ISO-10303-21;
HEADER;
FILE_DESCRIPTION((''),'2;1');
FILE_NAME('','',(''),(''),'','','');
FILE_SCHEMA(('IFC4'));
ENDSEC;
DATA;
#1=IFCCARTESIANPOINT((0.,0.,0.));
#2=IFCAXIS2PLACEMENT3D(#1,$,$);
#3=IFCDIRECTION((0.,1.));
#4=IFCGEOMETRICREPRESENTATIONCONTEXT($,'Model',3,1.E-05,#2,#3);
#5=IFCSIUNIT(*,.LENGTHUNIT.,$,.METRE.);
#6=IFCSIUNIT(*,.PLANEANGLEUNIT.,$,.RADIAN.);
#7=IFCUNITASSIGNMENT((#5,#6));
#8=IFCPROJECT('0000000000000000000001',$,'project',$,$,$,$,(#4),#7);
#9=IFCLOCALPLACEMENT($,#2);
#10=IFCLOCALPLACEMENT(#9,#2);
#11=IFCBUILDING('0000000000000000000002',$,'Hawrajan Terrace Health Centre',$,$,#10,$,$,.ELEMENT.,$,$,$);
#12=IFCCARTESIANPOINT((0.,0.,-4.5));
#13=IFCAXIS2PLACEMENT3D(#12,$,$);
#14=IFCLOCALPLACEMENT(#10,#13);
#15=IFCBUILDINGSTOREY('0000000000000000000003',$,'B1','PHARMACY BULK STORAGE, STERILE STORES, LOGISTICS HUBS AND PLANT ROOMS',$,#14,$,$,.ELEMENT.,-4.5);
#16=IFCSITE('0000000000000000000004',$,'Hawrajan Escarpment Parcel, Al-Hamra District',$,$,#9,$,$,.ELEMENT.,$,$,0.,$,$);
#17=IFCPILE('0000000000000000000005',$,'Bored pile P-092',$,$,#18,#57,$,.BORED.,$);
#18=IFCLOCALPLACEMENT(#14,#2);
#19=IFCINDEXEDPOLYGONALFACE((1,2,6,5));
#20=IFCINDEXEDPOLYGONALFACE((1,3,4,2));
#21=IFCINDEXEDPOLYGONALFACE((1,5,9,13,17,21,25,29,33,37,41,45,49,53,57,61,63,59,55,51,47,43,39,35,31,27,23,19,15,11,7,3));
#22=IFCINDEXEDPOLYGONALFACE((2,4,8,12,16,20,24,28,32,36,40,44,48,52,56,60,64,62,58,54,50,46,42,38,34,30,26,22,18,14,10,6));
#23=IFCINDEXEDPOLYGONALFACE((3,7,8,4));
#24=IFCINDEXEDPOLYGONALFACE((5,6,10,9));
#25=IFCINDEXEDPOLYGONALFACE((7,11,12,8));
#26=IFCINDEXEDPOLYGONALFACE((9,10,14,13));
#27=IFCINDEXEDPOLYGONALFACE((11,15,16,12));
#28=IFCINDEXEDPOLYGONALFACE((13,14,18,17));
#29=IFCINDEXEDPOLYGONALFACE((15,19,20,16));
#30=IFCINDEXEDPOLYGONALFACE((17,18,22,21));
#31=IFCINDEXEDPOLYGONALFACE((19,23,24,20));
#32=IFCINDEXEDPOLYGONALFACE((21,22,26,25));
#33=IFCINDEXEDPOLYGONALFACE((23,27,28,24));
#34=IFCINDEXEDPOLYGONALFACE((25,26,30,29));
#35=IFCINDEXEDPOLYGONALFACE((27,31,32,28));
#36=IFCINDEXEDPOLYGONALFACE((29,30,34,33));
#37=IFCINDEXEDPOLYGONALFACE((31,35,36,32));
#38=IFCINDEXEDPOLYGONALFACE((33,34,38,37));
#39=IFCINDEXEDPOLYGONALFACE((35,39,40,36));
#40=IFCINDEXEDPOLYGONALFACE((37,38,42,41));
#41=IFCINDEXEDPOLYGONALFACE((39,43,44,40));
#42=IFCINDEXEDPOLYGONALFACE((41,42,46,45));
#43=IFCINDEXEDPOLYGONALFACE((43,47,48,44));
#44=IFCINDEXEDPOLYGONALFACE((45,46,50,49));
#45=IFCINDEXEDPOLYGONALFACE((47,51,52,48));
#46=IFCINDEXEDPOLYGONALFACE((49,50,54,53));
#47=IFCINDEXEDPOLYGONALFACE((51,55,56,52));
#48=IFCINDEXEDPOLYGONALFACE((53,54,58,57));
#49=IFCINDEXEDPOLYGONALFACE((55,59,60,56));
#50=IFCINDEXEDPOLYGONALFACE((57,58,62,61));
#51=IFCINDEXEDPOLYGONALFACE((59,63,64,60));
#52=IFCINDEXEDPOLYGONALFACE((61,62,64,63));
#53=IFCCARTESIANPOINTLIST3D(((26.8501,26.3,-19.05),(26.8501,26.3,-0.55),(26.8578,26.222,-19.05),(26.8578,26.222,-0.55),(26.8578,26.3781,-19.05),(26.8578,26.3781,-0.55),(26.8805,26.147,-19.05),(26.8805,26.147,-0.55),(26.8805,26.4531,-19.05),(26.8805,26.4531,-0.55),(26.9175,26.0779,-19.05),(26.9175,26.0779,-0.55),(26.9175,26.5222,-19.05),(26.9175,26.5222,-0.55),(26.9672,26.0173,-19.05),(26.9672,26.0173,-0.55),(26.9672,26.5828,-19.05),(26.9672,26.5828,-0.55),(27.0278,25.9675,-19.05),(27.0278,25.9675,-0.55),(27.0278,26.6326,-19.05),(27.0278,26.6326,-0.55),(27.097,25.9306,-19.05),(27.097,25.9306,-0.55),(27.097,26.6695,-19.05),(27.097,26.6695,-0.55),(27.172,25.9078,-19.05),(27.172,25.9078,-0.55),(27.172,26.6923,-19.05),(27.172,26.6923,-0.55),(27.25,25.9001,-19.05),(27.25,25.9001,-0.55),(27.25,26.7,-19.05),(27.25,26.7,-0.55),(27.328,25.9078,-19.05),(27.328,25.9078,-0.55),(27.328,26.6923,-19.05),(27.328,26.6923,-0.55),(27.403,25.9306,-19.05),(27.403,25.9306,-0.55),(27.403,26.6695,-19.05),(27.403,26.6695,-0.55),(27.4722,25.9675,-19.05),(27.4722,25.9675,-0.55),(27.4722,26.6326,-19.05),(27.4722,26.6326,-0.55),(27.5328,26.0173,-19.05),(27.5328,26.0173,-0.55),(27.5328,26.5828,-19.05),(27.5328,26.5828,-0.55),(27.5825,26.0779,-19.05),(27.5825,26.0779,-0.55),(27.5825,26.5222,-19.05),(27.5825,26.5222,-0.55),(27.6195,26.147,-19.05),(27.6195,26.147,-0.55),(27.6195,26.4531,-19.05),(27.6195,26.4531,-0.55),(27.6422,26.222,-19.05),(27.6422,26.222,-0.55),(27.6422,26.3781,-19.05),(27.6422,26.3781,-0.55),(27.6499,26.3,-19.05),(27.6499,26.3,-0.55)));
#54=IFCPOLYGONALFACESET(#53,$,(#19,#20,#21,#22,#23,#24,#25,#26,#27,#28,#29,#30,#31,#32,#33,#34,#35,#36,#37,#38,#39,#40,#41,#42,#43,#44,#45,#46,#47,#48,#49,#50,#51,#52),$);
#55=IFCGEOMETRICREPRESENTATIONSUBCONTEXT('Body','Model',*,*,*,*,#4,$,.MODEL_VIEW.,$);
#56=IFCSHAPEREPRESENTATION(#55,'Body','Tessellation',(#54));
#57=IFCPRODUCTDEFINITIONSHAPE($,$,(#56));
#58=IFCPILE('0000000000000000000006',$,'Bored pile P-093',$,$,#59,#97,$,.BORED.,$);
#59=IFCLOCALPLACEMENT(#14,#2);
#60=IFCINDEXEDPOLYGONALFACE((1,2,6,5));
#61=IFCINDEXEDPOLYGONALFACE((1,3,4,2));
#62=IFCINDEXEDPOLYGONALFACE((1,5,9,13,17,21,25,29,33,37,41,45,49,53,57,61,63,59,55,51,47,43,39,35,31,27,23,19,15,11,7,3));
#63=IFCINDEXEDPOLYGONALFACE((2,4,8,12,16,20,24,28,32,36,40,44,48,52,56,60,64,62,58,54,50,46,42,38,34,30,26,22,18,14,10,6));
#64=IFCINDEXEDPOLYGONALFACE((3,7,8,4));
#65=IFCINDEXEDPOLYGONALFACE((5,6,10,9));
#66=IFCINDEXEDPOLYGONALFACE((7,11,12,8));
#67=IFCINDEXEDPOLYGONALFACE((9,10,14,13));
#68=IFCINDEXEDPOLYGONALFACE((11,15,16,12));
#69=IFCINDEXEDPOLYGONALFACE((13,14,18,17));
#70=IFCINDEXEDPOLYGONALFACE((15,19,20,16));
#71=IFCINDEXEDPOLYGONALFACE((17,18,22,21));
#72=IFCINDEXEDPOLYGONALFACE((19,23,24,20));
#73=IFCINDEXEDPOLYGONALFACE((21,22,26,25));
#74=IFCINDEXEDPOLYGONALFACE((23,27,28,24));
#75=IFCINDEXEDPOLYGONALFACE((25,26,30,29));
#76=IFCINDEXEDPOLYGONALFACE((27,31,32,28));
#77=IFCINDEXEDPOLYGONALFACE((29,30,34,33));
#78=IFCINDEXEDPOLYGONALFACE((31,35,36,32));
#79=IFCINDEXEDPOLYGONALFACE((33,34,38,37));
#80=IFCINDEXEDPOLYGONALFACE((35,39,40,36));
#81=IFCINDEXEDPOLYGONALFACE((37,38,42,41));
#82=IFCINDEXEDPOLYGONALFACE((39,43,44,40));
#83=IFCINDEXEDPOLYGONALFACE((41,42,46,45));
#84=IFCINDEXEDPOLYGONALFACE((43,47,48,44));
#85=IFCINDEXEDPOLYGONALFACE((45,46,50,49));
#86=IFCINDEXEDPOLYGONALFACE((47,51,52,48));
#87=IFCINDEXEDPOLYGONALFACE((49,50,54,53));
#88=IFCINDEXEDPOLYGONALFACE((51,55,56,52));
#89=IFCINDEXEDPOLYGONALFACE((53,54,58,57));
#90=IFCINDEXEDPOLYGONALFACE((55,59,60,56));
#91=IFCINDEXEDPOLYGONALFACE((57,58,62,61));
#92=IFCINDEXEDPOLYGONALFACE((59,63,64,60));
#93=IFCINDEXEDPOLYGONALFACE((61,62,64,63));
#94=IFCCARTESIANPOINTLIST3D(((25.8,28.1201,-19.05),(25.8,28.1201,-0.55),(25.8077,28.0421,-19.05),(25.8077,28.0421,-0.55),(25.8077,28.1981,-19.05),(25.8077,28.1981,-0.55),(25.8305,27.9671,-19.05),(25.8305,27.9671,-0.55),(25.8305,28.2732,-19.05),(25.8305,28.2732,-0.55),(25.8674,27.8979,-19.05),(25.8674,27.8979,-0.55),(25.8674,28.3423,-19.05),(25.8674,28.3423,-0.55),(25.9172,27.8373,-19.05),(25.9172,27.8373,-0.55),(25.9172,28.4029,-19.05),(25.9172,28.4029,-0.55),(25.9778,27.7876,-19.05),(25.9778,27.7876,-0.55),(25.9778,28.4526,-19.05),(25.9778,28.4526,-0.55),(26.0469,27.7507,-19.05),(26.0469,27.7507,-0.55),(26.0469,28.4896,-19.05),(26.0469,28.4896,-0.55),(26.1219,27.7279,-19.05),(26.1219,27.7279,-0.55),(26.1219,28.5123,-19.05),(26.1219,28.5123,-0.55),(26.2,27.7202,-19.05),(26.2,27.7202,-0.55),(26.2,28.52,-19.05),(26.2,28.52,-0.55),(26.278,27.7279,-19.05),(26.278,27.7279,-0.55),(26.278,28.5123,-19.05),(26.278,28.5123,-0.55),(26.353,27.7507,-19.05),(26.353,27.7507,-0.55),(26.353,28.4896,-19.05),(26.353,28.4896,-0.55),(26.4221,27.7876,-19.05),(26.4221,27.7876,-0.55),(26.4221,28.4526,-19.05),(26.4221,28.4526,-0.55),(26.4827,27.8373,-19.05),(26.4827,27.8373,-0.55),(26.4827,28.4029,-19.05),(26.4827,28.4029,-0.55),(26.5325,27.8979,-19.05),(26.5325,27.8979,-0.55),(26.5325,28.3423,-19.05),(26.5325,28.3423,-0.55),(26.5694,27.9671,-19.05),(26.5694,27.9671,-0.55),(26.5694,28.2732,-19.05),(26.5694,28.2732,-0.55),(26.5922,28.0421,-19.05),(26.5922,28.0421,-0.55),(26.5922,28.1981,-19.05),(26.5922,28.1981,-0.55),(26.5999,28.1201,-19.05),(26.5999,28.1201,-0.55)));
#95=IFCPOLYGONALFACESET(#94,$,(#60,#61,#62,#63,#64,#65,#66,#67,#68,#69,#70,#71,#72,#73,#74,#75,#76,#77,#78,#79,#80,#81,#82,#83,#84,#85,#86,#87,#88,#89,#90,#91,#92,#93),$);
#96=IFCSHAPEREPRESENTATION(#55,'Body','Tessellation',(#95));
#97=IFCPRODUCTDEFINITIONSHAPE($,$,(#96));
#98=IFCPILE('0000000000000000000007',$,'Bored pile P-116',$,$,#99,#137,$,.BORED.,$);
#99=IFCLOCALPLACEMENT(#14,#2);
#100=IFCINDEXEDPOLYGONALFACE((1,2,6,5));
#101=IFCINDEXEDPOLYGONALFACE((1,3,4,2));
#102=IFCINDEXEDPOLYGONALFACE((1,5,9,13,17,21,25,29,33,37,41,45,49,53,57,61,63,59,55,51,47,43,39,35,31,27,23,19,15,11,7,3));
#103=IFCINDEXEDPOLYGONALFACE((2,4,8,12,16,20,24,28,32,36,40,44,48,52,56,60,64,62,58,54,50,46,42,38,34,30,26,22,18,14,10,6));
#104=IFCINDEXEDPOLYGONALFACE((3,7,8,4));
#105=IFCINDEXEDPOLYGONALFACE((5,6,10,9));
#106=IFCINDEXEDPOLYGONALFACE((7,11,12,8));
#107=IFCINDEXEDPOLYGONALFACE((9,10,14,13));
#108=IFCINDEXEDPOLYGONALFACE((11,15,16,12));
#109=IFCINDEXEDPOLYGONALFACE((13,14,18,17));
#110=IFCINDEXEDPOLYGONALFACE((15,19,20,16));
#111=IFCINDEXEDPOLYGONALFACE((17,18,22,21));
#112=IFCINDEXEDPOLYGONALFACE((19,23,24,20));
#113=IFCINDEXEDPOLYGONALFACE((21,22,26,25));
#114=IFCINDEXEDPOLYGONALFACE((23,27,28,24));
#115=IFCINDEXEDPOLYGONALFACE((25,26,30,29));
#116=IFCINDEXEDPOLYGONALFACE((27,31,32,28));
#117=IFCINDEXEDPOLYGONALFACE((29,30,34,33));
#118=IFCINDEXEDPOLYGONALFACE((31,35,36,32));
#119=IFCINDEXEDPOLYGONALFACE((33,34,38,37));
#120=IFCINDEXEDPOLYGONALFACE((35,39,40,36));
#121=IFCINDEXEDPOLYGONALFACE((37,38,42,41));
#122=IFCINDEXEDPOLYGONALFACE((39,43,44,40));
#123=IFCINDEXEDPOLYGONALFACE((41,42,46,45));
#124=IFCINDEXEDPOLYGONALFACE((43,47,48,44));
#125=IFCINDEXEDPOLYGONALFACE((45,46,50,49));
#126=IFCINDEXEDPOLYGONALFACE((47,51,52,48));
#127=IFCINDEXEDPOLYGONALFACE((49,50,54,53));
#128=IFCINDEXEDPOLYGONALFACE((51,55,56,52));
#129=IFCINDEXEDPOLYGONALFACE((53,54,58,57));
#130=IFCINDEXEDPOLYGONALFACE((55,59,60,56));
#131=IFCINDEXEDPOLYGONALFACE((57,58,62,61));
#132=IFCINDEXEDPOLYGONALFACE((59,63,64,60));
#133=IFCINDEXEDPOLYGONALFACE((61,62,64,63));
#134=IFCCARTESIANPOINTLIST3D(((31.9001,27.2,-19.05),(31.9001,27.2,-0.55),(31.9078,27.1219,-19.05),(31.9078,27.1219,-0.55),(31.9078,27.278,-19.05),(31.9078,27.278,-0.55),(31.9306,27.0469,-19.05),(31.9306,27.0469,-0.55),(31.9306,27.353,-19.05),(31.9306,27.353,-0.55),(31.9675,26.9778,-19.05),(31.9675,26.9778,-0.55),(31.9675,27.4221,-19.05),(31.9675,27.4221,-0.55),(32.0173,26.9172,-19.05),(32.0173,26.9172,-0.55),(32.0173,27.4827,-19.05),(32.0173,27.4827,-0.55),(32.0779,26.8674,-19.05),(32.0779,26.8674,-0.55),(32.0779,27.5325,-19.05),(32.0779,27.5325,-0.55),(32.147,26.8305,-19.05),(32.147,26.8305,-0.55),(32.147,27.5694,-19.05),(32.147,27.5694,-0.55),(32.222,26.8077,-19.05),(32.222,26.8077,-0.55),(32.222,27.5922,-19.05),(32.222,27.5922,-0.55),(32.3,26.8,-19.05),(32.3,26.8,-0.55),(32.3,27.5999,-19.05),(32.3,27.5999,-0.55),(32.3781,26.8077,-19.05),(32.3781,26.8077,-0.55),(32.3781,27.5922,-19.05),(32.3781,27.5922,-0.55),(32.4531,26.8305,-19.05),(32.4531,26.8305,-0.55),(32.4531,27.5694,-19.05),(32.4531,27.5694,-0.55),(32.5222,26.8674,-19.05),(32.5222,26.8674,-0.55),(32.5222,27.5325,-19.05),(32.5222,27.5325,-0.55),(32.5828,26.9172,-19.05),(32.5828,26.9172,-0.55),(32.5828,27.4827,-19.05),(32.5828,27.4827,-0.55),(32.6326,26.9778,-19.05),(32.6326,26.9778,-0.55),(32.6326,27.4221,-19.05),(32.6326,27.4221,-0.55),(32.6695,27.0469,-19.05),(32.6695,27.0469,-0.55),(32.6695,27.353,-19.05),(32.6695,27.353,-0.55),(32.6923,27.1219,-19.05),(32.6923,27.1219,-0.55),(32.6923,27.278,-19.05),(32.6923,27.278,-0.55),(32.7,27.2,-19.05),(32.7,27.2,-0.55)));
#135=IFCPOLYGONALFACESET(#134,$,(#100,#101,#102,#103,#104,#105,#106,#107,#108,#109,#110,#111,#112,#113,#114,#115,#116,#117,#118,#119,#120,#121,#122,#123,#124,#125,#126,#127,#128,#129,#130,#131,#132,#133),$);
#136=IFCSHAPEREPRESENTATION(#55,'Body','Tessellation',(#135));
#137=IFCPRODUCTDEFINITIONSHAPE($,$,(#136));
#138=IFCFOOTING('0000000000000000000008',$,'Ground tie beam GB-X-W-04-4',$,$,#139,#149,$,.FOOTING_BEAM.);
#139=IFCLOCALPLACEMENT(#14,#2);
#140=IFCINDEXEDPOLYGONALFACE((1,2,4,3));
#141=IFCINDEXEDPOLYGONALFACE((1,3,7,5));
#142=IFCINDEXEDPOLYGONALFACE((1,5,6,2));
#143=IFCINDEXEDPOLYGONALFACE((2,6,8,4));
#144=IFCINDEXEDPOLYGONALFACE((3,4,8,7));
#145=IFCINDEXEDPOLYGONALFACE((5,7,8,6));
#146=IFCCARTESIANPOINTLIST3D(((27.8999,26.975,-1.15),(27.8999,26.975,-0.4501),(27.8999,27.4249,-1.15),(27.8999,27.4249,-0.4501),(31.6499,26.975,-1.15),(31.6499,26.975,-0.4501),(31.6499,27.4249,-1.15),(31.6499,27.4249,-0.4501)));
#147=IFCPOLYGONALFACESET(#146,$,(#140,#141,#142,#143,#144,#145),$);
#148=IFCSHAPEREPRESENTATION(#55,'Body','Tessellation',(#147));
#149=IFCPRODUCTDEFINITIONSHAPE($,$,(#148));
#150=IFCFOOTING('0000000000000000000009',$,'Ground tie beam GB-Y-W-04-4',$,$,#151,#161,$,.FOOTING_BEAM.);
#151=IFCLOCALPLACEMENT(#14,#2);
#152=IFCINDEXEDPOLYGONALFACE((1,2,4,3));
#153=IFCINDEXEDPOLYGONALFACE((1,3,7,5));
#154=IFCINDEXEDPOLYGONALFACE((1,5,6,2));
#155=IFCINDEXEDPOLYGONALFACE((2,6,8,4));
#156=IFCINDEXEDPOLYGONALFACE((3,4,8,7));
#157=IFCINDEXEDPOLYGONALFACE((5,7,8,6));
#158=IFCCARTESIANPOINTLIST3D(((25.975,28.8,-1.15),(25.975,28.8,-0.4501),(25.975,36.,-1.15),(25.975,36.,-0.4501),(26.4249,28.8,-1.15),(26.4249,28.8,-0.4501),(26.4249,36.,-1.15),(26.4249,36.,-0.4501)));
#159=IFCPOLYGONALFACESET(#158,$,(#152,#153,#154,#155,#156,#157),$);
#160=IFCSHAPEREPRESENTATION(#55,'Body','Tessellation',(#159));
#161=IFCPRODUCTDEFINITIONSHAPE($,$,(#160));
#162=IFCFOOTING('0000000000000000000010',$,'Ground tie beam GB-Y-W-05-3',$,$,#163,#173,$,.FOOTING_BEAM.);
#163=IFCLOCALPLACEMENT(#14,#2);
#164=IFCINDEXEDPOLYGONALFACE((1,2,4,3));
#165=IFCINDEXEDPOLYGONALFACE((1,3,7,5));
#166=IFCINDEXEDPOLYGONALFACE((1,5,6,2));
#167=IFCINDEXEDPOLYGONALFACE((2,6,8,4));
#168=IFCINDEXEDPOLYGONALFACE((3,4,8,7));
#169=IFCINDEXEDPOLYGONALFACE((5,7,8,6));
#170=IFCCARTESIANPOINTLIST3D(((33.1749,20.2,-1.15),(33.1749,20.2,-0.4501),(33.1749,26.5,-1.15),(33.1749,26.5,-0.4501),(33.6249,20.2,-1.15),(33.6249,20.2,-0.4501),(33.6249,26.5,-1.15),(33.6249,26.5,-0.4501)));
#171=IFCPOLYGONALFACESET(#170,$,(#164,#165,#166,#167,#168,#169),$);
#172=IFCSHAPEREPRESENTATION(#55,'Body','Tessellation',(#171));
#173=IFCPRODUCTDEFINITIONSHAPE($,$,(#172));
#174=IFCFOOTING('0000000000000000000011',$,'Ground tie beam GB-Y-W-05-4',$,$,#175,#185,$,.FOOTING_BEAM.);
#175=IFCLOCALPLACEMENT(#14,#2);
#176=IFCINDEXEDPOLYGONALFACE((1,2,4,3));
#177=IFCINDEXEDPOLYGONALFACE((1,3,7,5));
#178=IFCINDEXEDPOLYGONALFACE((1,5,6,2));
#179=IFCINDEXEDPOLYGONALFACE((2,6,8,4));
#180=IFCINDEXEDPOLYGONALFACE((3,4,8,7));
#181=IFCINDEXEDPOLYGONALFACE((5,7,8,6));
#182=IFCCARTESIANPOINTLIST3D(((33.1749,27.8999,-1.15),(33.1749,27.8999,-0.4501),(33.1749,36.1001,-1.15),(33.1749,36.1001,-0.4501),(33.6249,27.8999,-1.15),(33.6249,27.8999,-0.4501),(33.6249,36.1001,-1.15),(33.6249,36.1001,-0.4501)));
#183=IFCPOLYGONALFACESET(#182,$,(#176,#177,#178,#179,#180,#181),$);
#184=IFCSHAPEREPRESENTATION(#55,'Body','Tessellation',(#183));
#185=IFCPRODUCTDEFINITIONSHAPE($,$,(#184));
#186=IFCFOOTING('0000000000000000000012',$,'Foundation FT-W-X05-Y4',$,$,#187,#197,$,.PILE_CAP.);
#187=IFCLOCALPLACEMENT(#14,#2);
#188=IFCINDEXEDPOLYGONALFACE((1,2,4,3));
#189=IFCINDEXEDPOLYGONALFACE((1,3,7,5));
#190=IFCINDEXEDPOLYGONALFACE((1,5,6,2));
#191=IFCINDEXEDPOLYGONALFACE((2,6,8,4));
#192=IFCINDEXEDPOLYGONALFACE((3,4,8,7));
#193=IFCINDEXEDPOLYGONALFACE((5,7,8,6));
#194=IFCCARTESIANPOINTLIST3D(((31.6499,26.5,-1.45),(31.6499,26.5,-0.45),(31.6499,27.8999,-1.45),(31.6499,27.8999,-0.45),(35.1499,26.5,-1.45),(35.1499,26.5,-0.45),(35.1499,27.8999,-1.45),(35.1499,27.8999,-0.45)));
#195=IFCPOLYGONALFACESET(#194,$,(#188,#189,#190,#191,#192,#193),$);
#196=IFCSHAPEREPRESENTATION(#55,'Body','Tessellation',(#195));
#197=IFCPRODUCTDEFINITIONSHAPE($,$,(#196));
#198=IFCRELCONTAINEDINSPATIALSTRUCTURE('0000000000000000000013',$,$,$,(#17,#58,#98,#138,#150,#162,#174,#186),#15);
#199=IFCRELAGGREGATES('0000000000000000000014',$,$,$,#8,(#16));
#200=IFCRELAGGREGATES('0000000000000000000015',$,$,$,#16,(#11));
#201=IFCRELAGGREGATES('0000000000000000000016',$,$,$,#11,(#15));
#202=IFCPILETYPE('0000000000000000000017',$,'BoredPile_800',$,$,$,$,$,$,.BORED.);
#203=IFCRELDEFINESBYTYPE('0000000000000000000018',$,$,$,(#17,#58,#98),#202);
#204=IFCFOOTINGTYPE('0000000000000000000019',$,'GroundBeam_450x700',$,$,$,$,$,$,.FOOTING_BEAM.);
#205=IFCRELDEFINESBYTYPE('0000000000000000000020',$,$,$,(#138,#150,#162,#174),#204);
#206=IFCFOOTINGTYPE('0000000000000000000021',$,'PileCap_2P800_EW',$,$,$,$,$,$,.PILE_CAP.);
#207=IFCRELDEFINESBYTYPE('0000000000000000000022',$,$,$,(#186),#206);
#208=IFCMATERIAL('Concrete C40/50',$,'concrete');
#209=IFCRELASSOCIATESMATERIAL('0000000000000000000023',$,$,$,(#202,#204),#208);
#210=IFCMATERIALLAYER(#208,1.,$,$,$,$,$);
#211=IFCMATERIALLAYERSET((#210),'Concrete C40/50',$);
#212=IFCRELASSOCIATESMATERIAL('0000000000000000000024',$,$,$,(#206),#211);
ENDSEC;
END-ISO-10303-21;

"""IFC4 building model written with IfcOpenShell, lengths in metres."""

from ifc_helpers import new_model, si_unit, direction, frame, origin, origin_2d, place, context, subcontext, project, spatial, rectangle, circle, extrude, material, layer, layer_set, material_profile, profile_set, type_object, element, save


model = new_model("IFC4")

# Units and contexts
model_context = context("Model", 3, precision=1e-05, world=origin(), true_north=direction((0.0, 1.0)))
body_context = subcontext(model_context, "Body", "Model", "MODEL_VIEW")
ifc_project = project(units=[si_unit("LENGTHUNIT", "METRE"), si_unit("PLANEANGLEUNIT", "RADIAN")], contexts=[model_context])

# Site, building, storey
site_placement = place(None, origin())
site = spatial("IfcSite", under=ifc_project, at=site_placement, Name="Hawrajan Escarpment Parcel, Al-Hamra District", CompositionType="ELEMENT", RefElevation=0.0)
building_placement = place(site_placement, origin())
building = spatial("IfcBuilding", under=site, at=building_placement, Name="Hawrajan Terrace Health Centre", CompositionType="ELEMENT")
storey_placement = place(building_placement, frame((0.0, 0.0, -4.5)))
storey = spatial("IfcBuildingStorey", under=building, at=storey_placement, Name="B1", Description="PHARMACY BULK STORAGE, STERILE STORES, LOGISTICS HUBS AND PLANT ROOMS", CompositionType="ELEMENT", Elevation=-4.5)

# Piles
ifc_material_1 = material(Name="Concrete C40/50", Category="concrete")
ifc_material_profile_1 = material_profile(ifc_material_1, circle(Radius=0.3999, at=origin_2d()), Name="BP 800")
ifc_profile_set_1 = profile_set([ifc_material_profile_1], Name="Concrete C40/50")
pile_type = type_object("IfcPileType", Name="BoredPile_800", PredefinedType="BORED", material=ifc_profile_set_1)
for number, where, z_axis, x_axis, name in (
    (1, (27.25, 26.3, -0.55), (0.0, 0.0, -1.0), (1.0, 0.0, 0.0), "Bored pile P-092"),
    (2, (26.2, 28.1201, -0.55), (0.0, 0.0, -1.0), (1.0, 0.0, 0.0), "Bored pile P-093"),
    (3, (32.3, 27.2, -0.55), (0.0, 0.0, -1.0), (1.0, 0.0, 0.0), "Bored pile P-116"),
):
    element("IfcPile", number, at=place(storey_placement, frame(where, z_axis=z_axis, x_axis=x_axis)), inside=storey, type_object=pile_type, Name=name, PredefinedType="BORED", context=body_context, shape_type="SweptSolid", body=[
        extrude(circle(Radius=0.3999, at=origin_2d()), origin(), (0.0, 0.0, 1.0), 18.5),
    ])

# Footings
ifc_material_profile_2 = material_profile(ifc_material_1, rectangle(XDim=0.45, YDim=0.7, at=origin_2d()), Name="RC BM 450x700")
ifc_profile_set_2 = profile_set([ifc_material_profile_2], Name="Concrete C40/50")
footing_type_1 = type_object("IfcFootingType", Name="GroundBeam_450x700", PredefinedType="FOOTING_BEAM", material=ifc_profile_set_2)
footing_1_placement = place(storey_placement, frame((27.8999, 27.2, -0.8), z_axis=(1.0, 0.0, 0.0), x_axis=(0.0, 1.0, 0.0)))
element("IfcFooting", 4, at=footing_1_placement, inside=storey, type_object=footing_type_1, Name="Ground tie beam GB-X-W-04-4", PredefinedType="FOOTING_BEAM", context=body_context, shape_type="SweptSolid", body=[
    extrude(rectangle(XDim=0.45, YDim=0.7, at=origin_2d()), origin(), (0.0, 0.0, 1.0), 3.75),
])
footing_2_placement = place(storey_placement, frame((26.2, 28.8, -0.8), z_axis=(0.0, 1.0, 0.0), x_axis=(-1.0, 0.0, 0.0)))
element("IfcFooting", 5, at=footing_2_placement, inside=storey, type_object=footing_type_1, Name="Ground tie beam GB-Y-W-04-4", PredefinedType="FOOTING_BEAM", context=body_context, shape_type="SweptSolid", body=[
    extrude(rectangle(XDim=0.45, YDim=0.7, at=origin_2d()), origin(), (0.0, 0.0, 1.0), 7.2),
])
footing_3_placement = place(storey_placement, frame((33.3999, 20.2, -0.8), z_axis=(0.0, 1.0, 0.0), x_axis=(-1.0, 0.0, 0.0)))
element("IfcFooting", 6, at=footing_3_placement, inside=storey, type_object=footing_type_1, Name="Ground tie beam GB-Y-W-05-3", PredefinedType="FOOTING_BEAM", context=body_context, shape_type="SweptSolid", body=[
    extrude(rectangle(XDim=0.45, YDim=0.7, at=origin_2d()), origin(), (0.0, 0.0, 1.0), 6.3),
])
footing_4_placement = place(storey_placement, frame((33.3999, 27.8999, -0.8), z_axis=(0.0, 1.0, 0.0), x_axis=(-1.0, 0.0, 0.0)))
element("IfcFooting", 7, at=footing_4_placement, inside=storey, type_object=footing_type_1, Name="Ground tie beam GB-Y-W-05-4", PredefinedType="FOOTING_BEAM", context=body_context, shape_type="SweptSolid", body=[
    extrude(rectangle(XDim=0.45, YDim=0.7, at=origin_2d()), origin(), (0.0, 0.0, 1.0), 8.2002),
])
ifc_layer_1 = layer(ifc_material_1, 1.0)
ifc_layer_set_1 = layer_set([ifc_layer_1], Name="Concrete C40/50")
footing_type_2 = type_object("IfcFootingType", Name="PileCap_2P800_EW", PredefinedType="PILE_CAP", material=ifc_layer_set_1)
footing_5_placement = place(storey_placement, frame((33.3999, 27.2, -1.45), z_axis=(0.0, 0.0, 1.0), x_axis=(1.0, 0.0, 0.0)))
element("IfcFooting", 8, at=footing_5_placement, inside=storey, type_object=footing_type_2, Name="Foundation FT-W-X05-Y4", PredefinedType="PILE_CAP", context=body_context, shape_type="SweptSolid", body=[
    extrude(rectangle(XDim=3.5, YDim=1.3999, at=origin_2d()), origin(), (0.0, 0.0, 1.0), 1.0),
])

save(model, "model.ifc")
